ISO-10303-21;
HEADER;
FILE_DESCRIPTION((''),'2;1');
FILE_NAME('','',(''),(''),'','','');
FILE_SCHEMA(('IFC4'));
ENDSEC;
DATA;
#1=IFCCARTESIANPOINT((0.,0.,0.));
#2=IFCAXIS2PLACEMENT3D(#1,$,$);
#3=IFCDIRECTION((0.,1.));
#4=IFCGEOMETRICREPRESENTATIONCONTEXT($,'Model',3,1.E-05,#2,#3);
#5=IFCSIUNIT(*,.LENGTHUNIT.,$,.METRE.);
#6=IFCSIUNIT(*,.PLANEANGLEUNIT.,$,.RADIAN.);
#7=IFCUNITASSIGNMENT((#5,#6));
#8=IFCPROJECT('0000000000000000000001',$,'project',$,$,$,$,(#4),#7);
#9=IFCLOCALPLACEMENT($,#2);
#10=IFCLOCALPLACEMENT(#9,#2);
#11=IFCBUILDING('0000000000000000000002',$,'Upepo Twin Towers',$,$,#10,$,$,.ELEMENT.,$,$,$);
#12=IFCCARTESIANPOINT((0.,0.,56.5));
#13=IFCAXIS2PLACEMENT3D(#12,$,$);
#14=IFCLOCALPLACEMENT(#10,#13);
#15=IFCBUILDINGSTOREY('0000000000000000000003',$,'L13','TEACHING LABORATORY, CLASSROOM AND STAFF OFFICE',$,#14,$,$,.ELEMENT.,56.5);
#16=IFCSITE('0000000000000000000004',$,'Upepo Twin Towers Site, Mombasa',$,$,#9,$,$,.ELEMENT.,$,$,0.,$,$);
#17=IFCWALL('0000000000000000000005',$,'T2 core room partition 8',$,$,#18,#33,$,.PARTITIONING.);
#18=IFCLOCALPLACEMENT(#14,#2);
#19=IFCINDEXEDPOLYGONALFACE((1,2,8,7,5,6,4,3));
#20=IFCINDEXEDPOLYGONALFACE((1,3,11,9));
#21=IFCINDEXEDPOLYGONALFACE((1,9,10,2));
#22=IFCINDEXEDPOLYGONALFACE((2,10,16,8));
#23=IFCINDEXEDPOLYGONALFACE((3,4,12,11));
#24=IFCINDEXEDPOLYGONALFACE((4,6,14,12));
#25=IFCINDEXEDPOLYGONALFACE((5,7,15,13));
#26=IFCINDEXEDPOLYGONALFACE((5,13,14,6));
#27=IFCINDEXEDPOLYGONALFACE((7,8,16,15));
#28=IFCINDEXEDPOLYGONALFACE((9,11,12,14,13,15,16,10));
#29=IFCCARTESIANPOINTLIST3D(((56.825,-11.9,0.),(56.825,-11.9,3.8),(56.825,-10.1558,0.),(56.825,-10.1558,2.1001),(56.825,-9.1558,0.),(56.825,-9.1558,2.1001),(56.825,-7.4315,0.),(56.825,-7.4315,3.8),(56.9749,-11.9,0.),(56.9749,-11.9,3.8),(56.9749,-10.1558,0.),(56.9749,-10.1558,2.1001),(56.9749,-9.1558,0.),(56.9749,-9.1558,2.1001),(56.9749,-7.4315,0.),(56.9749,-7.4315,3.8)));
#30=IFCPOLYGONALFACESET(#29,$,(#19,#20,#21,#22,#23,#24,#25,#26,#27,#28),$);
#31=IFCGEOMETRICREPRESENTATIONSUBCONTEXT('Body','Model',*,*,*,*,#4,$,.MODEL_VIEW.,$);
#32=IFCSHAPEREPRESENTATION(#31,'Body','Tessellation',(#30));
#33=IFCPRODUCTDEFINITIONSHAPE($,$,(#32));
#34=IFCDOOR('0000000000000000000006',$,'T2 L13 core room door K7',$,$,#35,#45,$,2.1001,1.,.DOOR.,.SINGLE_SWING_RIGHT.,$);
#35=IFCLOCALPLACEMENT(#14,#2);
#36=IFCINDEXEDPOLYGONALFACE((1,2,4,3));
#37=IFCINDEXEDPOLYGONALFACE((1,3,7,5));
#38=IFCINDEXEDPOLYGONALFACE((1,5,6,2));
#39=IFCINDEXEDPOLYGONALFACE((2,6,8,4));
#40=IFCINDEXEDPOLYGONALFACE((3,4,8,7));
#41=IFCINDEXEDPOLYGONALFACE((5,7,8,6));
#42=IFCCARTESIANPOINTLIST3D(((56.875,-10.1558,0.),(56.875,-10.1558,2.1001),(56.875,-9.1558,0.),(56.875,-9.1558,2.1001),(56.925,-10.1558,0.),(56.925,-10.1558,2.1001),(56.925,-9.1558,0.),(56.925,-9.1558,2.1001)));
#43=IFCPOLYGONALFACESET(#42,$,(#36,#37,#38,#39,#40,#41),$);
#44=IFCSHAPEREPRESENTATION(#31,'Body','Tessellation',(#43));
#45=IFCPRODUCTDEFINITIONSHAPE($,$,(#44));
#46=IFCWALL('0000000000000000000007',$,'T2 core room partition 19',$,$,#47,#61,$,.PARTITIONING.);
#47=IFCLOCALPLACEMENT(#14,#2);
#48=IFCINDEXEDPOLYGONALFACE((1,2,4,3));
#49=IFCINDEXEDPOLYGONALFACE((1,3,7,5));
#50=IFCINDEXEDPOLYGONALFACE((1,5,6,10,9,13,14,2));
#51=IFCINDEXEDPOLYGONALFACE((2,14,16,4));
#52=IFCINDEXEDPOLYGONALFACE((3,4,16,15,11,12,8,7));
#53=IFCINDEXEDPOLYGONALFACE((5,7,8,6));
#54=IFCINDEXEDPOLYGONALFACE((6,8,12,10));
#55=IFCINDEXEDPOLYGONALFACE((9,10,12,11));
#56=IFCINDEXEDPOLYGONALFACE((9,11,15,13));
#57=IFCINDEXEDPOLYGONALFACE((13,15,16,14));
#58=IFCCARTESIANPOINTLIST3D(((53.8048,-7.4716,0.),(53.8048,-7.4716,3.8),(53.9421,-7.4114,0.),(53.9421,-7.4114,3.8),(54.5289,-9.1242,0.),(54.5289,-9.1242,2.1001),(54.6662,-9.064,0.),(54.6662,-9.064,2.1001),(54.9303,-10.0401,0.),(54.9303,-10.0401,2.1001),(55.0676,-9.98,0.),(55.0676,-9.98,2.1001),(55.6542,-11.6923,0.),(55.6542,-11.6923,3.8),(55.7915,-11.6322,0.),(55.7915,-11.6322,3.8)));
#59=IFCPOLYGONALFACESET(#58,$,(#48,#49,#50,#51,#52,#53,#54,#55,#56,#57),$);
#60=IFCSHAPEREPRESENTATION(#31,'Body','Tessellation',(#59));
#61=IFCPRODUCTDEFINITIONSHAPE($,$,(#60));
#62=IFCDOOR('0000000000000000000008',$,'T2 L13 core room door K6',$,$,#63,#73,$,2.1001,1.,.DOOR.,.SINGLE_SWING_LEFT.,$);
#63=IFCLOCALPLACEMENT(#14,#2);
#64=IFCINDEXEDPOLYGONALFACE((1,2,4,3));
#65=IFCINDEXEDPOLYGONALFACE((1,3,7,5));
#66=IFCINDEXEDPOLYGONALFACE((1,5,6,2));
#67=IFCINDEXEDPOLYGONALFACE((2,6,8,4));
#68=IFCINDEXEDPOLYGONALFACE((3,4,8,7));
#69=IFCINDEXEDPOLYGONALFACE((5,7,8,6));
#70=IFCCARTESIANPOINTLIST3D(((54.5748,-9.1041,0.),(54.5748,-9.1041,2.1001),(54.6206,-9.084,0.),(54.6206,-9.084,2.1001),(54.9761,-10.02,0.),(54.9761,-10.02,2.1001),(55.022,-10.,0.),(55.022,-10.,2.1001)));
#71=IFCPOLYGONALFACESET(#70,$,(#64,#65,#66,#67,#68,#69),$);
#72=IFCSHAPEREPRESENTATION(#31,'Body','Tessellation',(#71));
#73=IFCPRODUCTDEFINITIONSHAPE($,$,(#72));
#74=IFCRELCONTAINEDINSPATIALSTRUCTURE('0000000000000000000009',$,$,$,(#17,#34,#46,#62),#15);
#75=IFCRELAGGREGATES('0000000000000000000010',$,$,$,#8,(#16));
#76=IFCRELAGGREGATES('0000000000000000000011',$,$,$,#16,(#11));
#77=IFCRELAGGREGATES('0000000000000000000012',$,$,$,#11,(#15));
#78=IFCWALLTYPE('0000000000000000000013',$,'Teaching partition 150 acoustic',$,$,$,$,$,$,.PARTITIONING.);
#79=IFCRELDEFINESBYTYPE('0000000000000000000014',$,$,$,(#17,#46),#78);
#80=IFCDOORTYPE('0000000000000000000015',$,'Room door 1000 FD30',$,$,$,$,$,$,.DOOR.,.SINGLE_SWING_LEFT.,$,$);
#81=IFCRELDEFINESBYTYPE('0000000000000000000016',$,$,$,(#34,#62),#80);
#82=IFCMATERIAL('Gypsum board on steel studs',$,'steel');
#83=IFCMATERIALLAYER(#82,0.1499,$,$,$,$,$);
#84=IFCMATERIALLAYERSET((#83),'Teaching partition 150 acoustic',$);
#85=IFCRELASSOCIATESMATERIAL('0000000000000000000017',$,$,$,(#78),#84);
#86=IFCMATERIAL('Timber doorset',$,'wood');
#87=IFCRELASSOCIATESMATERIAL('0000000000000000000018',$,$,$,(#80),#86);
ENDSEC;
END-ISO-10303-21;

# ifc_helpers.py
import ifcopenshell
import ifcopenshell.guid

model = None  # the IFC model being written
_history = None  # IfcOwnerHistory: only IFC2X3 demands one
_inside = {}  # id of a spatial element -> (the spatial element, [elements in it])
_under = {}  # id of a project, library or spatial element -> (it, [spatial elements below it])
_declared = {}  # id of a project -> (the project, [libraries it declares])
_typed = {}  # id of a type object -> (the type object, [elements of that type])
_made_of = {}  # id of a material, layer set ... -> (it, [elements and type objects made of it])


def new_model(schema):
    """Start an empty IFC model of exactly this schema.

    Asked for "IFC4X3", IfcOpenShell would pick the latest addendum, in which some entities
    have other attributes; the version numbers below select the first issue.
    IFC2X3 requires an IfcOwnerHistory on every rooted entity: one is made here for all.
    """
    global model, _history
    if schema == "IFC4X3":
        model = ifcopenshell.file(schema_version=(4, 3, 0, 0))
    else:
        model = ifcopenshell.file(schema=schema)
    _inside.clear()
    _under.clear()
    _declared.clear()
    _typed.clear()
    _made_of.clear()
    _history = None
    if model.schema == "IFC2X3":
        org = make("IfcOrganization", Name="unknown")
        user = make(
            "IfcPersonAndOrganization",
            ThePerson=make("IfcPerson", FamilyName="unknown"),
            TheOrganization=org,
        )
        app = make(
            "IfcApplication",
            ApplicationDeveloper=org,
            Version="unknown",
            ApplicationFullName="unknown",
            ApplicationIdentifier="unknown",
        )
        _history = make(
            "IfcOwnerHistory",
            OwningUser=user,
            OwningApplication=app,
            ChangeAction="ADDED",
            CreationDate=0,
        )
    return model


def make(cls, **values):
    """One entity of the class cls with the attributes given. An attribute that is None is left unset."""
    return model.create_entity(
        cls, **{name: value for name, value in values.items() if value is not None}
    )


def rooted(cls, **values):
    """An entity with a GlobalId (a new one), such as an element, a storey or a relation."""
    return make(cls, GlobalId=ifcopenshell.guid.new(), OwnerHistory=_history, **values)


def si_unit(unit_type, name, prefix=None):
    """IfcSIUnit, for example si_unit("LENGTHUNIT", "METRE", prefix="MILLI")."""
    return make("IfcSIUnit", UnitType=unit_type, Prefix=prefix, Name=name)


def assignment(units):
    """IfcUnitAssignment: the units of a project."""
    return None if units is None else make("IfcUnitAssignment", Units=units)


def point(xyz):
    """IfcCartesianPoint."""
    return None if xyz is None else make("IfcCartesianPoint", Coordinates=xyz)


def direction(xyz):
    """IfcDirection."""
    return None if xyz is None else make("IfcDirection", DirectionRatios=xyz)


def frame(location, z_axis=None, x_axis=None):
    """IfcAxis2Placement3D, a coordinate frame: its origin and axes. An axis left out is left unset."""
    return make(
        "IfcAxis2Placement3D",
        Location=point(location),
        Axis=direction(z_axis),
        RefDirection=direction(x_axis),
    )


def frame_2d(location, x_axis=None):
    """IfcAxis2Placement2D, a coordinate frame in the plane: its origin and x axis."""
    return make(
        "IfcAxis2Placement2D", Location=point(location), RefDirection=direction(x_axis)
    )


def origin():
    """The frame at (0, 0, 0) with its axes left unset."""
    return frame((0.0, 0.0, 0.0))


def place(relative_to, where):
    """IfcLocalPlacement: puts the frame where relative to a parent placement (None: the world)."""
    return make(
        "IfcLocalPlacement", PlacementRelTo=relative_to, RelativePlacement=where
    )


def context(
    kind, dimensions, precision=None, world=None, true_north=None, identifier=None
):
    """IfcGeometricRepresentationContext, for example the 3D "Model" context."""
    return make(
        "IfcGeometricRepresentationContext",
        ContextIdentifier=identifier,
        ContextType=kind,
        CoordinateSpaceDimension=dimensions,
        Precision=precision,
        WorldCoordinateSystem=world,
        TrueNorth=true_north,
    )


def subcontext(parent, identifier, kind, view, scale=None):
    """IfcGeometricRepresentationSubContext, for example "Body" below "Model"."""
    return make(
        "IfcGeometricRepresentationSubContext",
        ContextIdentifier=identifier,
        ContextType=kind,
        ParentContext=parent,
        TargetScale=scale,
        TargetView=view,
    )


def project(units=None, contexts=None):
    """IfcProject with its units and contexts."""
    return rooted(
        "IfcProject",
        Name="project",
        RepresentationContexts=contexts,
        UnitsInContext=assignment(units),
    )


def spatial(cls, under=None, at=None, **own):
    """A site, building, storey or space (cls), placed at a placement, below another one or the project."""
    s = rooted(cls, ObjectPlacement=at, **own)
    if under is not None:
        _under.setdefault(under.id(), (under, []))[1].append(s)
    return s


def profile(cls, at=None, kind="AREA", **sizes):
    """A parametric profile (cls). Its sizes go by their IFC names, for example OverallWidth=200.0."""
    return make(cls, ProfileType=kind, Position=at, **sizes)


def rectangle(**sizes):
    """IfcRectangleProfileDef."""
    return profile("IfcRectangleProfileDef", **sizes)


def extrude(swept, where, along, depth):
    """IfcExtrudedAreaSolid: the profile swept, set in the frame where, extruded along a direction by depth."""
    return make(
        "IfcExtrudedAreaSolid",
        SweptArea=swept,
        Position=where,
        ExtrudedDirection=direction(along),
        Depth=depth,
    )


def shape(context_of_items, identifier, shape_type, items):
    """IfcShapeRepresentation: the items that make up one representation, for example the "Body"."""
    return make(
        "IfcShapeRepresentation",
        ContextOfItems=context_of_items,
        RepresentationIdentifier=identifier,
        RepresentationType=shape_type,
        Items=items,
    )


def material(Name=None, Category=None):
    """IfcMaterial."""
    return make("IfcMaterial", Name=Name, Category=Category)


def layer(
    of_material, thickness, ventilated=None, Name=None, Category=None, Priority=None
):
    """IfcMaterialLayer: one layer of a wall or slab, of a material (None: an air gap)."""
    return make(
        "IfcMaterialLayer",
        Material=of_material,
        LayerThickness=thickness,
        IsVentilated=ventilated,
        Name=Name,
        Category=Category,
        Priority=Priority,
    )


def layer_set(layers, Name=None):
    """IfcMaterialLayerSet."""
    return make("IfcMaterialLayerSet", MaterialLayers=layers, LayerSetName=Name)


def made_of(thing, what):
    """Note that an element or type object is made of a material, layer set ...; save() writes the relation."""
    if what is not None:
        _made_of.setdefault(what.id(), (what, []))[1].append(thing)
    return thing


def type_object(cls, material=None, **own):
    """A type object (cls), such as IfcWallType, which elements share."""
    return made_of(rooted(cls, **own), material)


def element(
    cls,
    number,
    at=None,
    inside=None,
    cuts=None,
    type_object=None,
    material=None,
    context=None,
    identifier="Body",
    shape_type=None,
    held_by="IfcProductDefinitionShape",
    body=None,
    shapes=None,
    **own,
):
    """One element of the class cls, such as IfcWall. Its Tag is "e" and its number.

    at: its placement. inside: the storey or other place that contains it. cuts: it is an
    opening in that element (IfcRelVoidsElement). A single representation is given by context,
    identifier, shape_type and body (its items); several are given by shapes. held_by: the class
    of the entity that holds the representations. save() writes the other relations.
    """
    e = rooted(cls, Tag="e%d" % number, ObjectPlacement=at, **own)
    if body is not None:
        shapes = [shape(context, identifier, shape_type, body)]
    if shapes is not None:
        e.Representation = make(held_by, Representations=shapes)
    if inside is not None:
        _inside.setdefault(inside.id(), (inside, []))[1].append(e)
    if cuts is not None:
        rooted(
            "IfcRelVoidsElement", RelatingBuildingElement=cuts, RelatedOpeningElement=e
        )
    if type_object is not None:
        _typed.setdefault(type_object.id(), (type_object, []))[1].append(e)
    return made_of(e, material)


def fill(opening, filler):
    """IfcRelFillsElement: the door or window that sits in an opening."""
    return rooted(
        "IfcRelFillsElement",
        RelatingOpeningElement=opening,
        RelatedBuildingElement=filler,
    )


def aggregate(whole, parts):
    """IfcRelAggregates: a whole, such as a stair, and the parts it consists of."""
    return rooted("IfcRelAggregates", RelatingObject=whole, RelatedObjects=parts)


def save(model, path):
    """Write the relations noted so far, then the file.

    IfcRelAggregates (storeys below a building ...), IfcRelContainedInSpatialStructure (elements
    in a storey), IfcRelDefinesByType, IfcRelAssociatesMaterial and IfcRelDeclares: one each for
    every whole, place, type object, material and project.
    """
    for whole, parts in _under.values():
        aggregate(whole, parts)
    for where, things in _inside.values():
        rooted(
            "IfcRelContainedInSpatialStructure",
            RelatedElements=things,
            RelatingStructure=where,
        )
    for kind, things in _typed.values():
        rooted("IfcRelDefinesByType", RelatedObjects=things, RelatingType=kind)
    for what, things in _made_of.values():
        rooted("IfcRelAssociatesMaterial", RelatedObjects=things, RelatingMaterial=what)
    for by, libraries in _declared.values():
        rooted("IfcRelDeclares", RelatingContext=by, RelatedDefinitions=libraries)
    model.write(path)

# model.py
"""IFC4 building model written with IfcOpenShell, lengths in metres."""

from ifc_helpers import new_model, si_unit, direction, frame, frame_2d, origin, place, context, subcontext, project, spatial, rectangle, extrude, material, layer, layer_set, type_object, element, fill, save


model = new_model("IFC4")

# Units and contexts
model_context = context("Model", 3, precision=1e-05, world=origin(), true_north=direction((0.0, 1.0)))
body_context = subcontext(model_context, "Body", "Model", "MODEL_VIEW")
ifc_project = project(units=[si_unit("LENGTHUNIT", "METRE"), si_unit("PLANEANGLEUNIT", "RADIAN")], contexts=[model_context])

# Site, building, storey
site_placement = place(None, origin())
site = spatial("IfcSite", under=ifc_project, at=site_placement, Name="Upepo Twin Towers Site, Mombasa", CompositionType="ELEMENT", RefElevation=0.0)
building_placement = place(site_placement, origin())
building = spatial("IfcBuilding", under=site, at=building_placement, Name="Upepo Twin Towers", CompositionType="ELEMENT")
storey_placement = place(building_placement, frame((0.0, 0.0, 56.5)))
storey = spatial("IfcBuildingStorey", under=building, at=storey_placement, Name="L13", Description="TEACHING LABORATORY, CLASSROOM AND STAFF OFFICE", CompositionType="ELEMENT", Elevation=56.5)

# Shared definitions
ifc_material_1 = material(Name="Gypsum board on steel studs", Category="steel")
ifc_layer_1 = layer(ifc_material_1, 0.1499)
ifc_layer_set_1 = layer_set([ifc_layer_1], Name="Teaching partition 150 acoustic")
wall_type_1 = type_object("IfcWallType", Name="Teaching partition 150 acoustic", PredefinedType="PARTITIONING", material=ifc_layer_set_1)

# Walls, openings, doors
wall_1_placement = place(storey_placement, frame((56.8999, -11.9001, 0.0), z_axis=(0.0, 0.0, 1.0), x_axis=(0.0, 1.0, 0.0)))
wall_1 = element("IfcWall", 1, at=wall_1_placement, inside=storey, type_object=wall_type_1, Name="T2 core room partition 8", PredefinedType="PARTITIONING", context=body_context, shape_type="SweptSolid", body=[
    extrude(rectangle(XDim=4.4685, YDim=0.1499, at=frame_2d((2.2344, 0.0))), origin(), (0.0, 0.0, 1.0), 3.8),
])
opening_1_placement = place(wall_1_placement, frame((1.7444, 0.0, 0.0)))
opening_1 = element("IfcOpeningElement", 2, at=opening_1_placement, cuts=wall_1, PredefinedType="OPENING", context=body_context, shape_type="SweptSolid", body=[
    extrude(rectangle(XDim=1.0, YDim=2.1001, at=frame_2d((0.5, 1.05))), frame((0.0, 0.085, 0.0), z_axis=(0.0, -1.0, 0.0), x_axis=(1.0, 0.0, 0.0)), (0.0, 0.0, 1.0), 0.1699),
])
ifc_material_2 = material(Name="Timber doorset", Category="wood")
door_type_1 = type_object("IfcDoorType", Name="Room door 1000 FD30", OperationType="SINGLE_SWING_LEFT", PredefinedType="DOOR", material=ifc_material_2)
door_1_placement = place(opening_1_placement, origin())
door_1 = element("IfcDoor", 3, at=door_1_placement, inside=storey, type_object=door_type_1, Name="T2 L13 core room door K7", OperationType="SINGLE_SWING_RIGHT", OverallHeight=2.1001, OverallWidth=1.0, PredefinedType="DOOR", context=body_context, shape_type="SweptSolid", body=[
    extrude(rectangle(XDim=1.0, YDim=2.1001, at=frame_2d((0.5, 1.05))), frame((0.0, 0.0249, 0.0), z_axis=(0.0, -1.0, 0.0), x_axis=(1.0, 0.0, 0.0)), (0.0, 0.0, 1.0), 0.05),
])
fill(opening_1, door_1)
wall_2_placement = place(storey_placement, frame((55.7229, -11.6624, 0.0), z_axis=(0.0, 0.0, 1.0), x_axis=(-0.40133, 0.915933, 0.0)))
wall_2 = element("IfcWall", 4, at=wall_2_placement, inside=storey, type_object=wall_type_1, Name="T2 core room partition 19", PredefinedType="PARTITIONING", context=body_context, shape_type="SweptSolid", body=[
    extrude(rectangle(XDim=4.6082, YDim=0.1499, at=frame_2d((2.3042, 0.0))), origin(), (0.0, 0.0, 1.0), 3.8),
])
opening_2_placement = place(wall_2_placement, frame((1.804, 0.0, 0.0)))
opening_2 = element("IfcOpeningElement", 5, at=opening_2_placement, cuts=wall_2, PredefinedType="OPENING", context=body_context, shape_type="SweptSolid", body=[
    extrude(rectangle(XDim=1.0, YDim=2.1001, at=frame_2d((0.5, 1.05))), frame((0.0, 0.085, 0.0), z_axis=(0.0, -1.0, 0.0), x_axis=(1.0, 0.0, 0.0)), (0.0, 0.0, 1.0), 0.1699),
])
door_2_placement = place(opening_2_placement, origin())
door_2 = element("IfcDoor", 6, at=door_2_placement, inside=storey, type_object=door_type_1, Name="T2 L13 core room door K6", OperationType="SINGLE_SWING_LEFT", OverallHeight=2.1001, OverallWidth=1.0, PredefinedType="DOOR", context=body_context, shape_type="SweptSolid", body=[
    extrude(rectangle(XDim=1.0, YDim=2.1001, at=frame_2d((0.5, 1.05))), frame((0.0, 0.0249, 0.0), z_axis=(0.0, -1.0, 0.0), x_axis=(1.0, 0.0, 0.0)), (0.0, 0.0, 1.0), 0.05),
])
fill(opening_2, door_2)

save(model, "model.ifc")
